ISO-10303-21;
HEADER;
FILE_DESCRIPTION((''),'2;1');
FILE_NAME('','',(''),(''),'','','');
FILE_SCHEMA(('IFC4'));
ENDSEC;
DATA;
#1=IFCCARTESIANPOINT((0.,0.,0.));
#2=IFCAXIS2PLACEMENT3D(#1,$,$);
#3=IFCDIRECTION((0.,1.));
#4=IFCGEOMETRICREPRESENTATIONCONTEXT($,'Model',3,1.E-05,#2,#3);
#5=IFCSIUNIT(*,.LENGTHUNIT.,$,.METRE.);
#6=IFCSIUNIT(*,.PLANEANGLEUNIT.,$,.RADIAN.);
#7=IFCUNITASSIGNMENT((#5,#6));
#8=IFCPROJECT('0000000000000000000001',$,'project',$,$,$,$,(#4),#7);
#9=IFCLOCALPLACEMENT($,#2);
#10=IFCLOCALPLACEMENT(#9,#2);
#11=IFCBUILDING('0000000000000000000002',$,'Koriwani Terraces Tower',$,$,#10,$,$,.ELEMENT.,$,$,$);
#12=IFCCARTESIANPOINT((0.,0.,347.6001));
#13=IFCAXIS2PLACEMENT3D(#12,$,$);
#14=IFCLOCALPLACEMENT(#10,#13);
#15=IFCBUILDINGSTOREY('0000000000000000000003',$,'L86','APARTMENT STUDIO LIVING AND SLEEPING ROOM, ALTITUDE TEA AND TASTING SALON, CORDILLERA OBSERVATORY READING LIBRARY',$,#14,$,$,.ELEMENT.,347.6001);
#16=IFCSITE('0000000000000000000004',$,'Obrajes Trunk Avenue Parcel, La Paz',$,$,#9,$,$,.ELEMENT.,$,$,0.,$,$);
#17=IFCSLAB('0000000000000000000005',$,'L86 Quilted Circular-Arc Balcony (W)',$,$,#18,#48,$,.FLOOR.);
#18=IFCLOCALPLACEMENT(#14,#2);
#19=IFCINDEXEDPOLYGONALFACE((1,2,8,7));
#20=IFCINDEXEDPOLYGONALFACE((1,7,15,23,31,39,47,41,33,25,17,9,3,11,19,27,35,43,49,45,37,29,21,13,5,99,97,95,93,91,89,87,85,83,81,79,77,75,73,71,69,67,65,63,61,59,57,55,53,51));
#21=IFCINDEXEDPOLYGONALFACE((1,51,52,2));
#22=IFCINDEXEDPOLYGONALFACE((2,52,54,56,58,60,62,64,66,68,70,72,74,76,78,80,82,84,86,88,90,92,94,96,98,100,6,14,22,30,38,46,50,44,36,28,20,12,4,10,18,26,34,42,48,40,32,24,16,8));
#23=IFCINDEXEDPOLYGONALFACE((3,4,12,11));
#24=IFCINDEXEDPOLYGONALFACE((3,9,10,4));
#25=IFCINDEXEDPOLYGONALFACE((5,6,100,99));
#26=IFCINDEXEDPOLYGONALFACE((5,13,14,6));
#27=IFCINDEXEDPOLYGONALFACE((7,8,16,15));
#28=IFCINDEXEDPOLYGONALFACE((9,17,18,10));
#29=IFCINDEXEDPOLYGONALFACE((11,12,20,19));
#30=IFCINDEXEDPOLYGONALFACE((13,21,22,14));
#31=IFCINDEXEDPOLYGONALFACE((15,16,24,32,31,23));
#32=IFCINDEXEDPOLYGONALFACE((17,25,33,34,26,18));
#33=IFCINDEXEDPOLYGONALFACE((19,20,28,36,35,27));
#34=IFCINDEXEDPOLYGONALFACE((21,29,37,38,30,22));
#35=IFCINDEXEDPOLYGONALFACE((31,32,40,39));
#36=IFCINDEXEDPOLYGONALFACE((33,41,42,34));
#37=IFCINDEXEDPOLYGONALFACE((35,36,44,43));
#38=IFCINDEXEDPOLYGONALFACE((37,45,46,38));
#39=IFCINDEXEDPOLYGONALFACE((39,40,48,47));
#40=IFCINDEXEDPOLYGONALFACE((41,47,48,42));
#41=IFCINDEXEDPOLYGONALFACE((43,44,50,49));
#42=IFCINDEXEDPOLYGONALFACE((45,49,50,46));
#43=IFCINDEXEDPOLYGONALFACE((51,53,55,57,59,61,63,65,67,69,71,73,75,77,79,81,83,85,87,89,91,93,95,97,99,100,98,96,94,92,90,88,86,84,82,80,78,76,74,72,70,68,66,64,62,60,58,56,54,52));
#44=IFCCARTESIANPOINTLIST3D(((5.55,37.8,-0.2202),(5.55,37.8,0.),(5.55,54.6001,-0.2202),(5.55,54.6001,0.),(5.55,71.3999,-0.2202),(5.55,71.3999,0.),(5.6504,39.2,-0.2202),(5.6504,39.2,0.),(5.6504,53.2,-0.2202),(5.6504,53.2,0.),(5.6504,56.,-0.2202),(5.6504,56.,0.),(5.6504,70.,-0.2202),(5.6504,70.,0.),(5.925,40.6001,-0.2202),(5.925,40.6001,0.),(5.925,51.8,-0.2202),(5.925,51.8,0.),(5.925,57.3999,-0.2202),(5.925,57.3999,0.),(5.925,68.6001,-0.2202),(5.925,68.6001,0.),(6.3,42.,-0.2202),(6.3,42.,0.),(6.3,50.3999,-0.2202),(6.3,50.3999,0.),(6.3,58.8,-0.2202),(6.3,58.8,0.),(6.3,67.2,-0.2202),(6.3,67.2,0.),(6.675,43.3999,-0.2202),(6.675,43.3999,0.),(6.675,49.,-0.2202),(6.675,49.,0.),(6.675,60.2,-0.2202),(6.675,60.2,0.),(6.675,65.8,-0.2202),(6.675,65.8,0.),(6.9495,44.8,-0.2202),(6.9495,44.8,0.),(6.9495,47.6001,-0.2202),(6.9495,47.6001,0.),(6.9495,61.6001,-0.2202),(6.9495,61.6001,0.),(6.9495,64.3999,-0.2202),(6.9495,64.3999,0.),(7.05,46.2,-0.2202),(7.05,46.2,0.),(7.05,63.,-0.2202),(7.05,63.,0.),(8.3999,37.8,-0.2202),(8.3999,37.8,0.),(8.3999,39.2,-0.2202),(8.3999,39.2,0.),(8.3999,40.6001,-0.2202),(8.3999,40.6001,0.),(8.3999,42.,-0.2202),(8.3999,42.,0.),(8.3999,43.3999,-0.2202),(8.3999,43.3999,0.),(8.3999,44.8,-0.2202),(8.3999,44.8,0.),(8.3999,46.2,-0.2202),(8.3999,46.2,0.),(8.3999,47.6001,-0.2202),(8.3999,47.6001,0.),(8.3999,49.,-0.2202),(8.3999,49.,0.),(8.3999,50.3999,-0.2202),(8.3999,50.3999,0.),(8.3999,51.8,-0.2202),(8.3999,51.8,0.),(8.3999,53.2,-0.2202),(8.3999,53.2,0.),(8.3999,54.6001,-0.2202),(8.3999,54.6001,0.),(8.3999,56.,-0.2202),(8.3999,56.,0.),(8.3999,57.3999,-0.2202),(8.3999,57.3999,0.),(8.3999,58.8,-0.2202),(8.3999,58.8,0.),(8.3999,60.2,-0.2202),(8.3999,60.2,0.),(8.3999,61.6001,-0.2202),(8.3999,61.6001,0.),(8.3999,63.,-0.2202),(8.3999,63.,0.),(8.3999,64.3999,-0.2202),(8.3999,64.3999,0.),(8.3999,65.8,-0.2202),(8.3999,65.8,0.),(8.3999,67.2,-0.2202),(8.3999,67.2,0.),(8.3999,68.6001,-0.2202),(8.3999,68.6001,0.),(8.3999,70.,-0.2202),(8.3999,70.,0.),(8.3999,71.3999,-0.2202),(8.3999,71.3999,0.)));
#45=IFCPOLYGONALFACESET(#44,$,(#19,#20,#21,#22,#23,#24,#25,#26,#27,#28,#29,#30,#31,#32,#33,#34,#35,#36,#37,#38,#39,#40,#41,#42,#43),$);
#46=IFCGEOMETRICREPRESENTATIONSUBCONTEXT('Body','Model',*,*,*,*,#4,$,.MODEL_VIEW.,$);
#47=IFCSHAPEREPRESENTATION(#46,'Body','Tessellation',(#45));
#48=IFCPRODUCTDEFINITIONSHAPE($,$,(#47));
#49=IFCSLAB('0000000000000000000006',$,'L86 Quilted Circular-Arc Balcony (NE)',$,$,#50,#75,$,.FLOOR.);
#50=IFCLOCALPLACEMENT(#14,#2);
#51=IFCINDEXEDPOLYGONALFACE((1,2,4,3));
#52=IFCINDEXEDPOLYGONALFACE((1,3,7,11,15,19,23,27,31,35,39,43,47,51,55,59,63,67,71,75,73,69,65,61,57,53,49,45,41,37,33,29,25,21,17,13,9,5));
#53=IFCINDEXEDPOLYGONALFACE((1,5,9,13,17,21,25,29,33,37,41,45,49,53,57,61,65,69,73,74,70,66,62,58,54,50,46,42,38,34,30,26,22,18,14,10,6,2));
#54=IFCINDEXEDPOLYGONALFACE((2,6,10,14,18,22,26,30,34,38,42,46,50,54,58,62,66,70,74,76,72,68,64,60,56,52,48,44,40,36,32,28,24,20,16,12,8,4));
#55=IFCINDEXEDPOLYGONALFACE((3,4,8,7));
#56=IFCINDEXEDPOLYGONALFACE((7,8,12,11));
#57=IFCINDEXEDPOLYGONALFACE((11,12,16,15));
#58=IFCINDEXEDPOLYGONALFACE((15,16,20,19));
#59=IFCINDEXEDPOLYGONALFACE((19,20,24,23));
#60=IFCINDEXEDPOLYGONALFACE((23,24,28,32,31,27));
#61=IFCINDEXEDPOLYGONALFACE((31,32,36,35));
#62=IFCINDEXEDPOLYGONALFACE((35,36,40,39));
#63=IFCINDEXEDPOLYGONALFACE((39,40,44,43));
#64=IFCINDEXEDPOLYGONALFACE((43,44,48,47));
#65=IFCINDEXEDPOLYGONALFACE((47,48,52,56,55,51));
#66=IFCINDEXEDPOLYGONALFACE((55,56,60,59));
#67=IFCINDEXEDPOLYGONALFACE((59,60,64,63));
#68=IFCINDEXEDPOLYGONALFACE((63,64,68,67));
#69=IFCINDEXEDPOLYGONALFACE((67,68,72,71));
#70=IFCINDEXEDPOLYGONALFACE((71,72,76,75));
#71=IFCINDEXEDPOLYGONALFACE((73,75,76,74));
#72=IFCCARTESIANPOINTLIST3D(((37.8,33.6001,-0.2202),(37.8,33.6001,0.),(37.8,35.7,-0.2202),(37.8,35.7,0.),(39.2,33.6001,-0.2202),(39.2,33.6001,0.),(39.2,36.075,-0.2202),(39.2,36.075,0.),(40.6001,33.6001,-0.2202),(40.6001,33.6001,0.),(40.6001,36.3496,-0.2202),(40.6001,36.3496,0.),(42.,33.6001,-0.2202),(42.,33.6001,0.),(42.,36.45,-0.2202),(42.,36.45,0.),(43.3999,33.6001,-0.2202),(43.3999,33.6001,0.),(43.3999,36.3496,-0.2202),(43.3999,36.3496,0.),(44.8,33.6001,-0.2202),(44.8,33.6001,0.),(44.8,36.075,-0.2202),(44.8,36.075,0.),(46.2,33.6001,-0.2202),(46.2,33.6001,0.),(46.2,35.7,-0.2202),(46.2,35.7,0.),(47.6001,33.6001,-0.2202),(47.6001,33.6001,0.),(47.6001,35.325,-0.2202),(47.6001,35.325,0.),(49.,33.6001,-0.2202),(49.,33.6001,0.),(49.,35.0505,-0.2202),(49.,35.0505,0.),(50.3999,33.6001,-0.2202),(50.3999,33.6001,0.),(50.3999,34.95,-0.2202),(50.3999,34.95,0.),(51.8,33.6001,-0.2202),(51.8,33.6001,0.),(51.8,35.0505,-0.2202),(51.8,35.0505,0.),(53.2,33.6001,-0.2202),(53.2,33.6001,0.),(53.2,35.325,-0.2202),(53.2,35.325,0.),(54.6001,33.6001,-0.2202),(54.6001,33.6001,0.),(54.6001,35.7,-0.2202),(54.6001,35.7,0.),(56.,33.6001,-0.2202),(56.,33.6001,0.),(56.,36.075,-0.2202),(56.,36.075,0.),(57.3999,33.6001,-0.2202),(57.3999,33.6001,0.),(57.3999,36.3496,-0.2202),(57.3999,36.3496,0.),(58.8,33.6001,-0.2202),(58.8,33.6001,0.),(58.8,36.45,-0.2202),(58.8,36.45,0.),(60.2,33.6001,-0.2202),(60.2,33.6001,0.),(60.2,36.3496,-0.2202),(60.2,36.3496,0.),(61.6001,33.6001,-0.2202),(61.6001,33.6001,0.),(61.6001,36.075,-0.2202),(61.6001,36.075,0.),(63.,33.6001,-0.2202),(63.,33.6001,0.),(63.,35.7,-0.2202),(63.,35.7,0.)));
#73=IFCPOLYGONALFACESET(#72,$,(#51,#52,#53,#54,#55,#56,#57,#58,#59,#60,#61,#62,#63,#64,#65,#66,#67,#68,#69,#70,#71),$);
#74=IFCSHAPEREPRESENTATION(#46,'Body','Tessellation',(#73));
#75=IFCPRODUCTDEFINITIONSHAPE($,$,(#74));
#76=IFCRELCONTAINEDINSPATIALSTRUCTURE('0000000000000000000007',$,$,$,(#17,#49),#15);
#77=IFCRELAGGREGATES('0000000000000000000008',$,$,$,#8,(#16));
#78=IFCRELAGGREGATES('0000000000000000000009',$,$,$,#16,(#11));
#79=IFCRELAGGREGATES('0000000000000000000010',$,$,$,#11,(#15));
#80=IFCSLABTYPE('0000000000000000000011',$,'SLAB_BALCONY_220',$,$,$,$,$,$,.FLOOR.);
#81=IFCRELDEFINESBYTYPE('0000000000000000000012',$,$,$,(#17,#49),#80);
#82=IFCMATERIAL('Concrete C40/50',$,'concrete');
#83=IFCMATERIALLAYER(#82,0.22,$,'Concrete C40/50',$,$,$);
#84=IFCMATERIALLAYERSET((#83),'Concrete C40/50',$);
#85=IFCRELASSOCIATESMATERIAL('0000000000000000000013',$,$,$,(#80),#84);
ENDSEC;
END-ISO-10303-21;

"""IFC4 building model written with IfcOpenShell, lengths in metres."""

from ifc_helpers import new_model, si_unit, direction, frame, origin, place, context, subcontext, project, spatial, polyline, outline, extrude, material, layer, layer_set, type_object, element, save


model = new_model("IFC4")

# Units and contexts
model_context = context("Model", 3, precision=1e-05, world=origin(), true_north=direction((0.0, 1.0)))
body_context = subcontext(model_context, "Body", "Model", "MODEL_VIEW")
ifc_project = project(units=[si_unit("LENGTHUNIT", "METRE"), si_unit("PLANEANGLEUNIT", "RADIAN")], contexts=[model_context])

# Site, building, storey
site_placement = place(None, origin())
site = spatial("IfcSite", under=ifc_project, at=site_placement, Name="Obrajes Trunk Avenue Parcel, La Paz", CompositionType="ELEMENT", RefElevation=0.0)
building_placement = place(site_placement, origin())
building = spatial("IfcBuilding", under=site, at=building_placement, Name="Koriwani Terraces Tower", CompositionType="ELEMENT")
storey_placement = place(building_placement, frame((0.0, 0.0, 347.6001)))
storey = spatial("IfcBuildingStorey", under=building, at=storey_placement, Name="L86", Description="APARTMENT STUDIO LIVING AND SLEEPING ROOM, ALTITUDE TEA AND TASTING SALON, CORDILLERA OBSERVATORY READING LIBRARY", CompositionType="ELEMENT", Elevation=347.6001)

# Shared definitions
ifc_material_1 = material(Name="Concrete C40/50", Category="concrete")

# Slabs
ifc_layer_1 = layer(ifc_material_1, 0.22, Name="Concrete C40/50")
ifc_layer_set_1 = layer_set([ifc_layer_1], Name="Concrete C40/50")
slab_type_1 = type_object("IfcSlabType", Name="SLAB_BALCONY_220", PredefinedType="FLOOR", material=ifc_layer_set_1)
slab_1_placement = place(storey_placement, frame((0.0, 0.0, -0.2202)))
element("IfcSlab", 1, at=slab_1_placement, inside=storey, type_object=slab_type_1, Name="L86 Quilted Circular-Arc Balcony (W)", PredefinedType="FLOOR", context=body_context, shape_type="SweptSolid", body=[
    extrude(outline(polyline([(8.3999, 37.8), (8.3999, 39.2), (8.3999, 40.6001), (8.3999, 42.0), (8.3999, 43.3999), (8.3999, 44.8), (8.3999, 46.2), (8.3999, 47.6001), (8.3999, 49.0), (8.3999, 50.3999), (8.3999, 51.8), (8.3999, 53.2), (8.3999, 54.6001), (8.3999, 56.0), (8.3999, 57.3999), (8.3999, 58.8), (8.3999, 60.2), (8.3999, 61.6001), (8.3999, 63.0), (8.3999, 64.3999), (8.3999, 65.8), (8.3999, 67.2), (8.3999, 68.6001), (8.3999, 70.0), (8.3999, 71.3999), (5.55, 71.3999), (5.6504, 70.0), (5.925, 68.6001), (6.3, 67.2), (6.675, 65.8), (6.9495, 64.3999), (7.05, 63.0), (6.9495, 61.6001), (6.675, 60.2), (6.3, 58.8), (5.925, 57.3999), (5.6504, 56.0), (5.55, 54.6001), (5.6504, 53.2), (5.925, 51.8), (6.3, 50.3999), (6.675, 49.0), (6.9495, 47.6001), (7.05, 46.2), (6.9495, 44.8), (6.675, 43.3999), (6.3, 42.0), (5.925, 40.6001), (5.6504, 39.2), (5.55, 37.8), (8.3999, 37.8)])), origin(), (0.0, 0.0, 1.0), 0.2202),
])
slab_2_placement = place(storey_placement, frame((0.0, 0.0, -0.2202)))
element("IfcSlab", 2, at=slab_2_placement, inside=storey, type_object=slab_type_1, Name="L86 Quilted Circular-Arc Balcony (NE)", PredefinedType="FLOOR", context=body_context, shape_type="SweptSolid", body=[
    extrude(outline(polyline([(63.0, 33.6001), (61.6001, 33.6001), (60.2, 33.6001), (58.8, 33.6001), (57.3999, 33.6001), (56.0, 33.6001), (54.6001, 33.6001), (53.2, 33.6001), (51.8, 33.6001), (50.3999, 33.6001), (49.0, 33.6001), (47.6001, 33.6001), (46.2, 33.6001), (44.8, 33.6001), (43.3999, 33.6001), (42.0, 33.6001), (40.6001, 33.6001), (39.2, 33.6001), (37.8, 33.6001), (37.8, 35.7), (39.2, 36.075), (40.6001, 36.3496), (42.0, 36.45), (43.3999, 36.3496), (44.8, 36.075), (46.2, 35.7), (47.6001, 35.325), (49.0, 35.0505), (50.3999, 34.95), (51.8, 35.0505), (53.2, 35.325), (54.6001, 35.7), (56.0, 36.075), (57.3999, 36.3496), (58.8, 36.45), (60.2, 36.3496), (61.6001, 36.075), (63.0, 35.7), (63.0, 33.6001)])), origin(), (0.0, 0.0, 1.0), 0.2202),
])

save(model, "model.ifc")
